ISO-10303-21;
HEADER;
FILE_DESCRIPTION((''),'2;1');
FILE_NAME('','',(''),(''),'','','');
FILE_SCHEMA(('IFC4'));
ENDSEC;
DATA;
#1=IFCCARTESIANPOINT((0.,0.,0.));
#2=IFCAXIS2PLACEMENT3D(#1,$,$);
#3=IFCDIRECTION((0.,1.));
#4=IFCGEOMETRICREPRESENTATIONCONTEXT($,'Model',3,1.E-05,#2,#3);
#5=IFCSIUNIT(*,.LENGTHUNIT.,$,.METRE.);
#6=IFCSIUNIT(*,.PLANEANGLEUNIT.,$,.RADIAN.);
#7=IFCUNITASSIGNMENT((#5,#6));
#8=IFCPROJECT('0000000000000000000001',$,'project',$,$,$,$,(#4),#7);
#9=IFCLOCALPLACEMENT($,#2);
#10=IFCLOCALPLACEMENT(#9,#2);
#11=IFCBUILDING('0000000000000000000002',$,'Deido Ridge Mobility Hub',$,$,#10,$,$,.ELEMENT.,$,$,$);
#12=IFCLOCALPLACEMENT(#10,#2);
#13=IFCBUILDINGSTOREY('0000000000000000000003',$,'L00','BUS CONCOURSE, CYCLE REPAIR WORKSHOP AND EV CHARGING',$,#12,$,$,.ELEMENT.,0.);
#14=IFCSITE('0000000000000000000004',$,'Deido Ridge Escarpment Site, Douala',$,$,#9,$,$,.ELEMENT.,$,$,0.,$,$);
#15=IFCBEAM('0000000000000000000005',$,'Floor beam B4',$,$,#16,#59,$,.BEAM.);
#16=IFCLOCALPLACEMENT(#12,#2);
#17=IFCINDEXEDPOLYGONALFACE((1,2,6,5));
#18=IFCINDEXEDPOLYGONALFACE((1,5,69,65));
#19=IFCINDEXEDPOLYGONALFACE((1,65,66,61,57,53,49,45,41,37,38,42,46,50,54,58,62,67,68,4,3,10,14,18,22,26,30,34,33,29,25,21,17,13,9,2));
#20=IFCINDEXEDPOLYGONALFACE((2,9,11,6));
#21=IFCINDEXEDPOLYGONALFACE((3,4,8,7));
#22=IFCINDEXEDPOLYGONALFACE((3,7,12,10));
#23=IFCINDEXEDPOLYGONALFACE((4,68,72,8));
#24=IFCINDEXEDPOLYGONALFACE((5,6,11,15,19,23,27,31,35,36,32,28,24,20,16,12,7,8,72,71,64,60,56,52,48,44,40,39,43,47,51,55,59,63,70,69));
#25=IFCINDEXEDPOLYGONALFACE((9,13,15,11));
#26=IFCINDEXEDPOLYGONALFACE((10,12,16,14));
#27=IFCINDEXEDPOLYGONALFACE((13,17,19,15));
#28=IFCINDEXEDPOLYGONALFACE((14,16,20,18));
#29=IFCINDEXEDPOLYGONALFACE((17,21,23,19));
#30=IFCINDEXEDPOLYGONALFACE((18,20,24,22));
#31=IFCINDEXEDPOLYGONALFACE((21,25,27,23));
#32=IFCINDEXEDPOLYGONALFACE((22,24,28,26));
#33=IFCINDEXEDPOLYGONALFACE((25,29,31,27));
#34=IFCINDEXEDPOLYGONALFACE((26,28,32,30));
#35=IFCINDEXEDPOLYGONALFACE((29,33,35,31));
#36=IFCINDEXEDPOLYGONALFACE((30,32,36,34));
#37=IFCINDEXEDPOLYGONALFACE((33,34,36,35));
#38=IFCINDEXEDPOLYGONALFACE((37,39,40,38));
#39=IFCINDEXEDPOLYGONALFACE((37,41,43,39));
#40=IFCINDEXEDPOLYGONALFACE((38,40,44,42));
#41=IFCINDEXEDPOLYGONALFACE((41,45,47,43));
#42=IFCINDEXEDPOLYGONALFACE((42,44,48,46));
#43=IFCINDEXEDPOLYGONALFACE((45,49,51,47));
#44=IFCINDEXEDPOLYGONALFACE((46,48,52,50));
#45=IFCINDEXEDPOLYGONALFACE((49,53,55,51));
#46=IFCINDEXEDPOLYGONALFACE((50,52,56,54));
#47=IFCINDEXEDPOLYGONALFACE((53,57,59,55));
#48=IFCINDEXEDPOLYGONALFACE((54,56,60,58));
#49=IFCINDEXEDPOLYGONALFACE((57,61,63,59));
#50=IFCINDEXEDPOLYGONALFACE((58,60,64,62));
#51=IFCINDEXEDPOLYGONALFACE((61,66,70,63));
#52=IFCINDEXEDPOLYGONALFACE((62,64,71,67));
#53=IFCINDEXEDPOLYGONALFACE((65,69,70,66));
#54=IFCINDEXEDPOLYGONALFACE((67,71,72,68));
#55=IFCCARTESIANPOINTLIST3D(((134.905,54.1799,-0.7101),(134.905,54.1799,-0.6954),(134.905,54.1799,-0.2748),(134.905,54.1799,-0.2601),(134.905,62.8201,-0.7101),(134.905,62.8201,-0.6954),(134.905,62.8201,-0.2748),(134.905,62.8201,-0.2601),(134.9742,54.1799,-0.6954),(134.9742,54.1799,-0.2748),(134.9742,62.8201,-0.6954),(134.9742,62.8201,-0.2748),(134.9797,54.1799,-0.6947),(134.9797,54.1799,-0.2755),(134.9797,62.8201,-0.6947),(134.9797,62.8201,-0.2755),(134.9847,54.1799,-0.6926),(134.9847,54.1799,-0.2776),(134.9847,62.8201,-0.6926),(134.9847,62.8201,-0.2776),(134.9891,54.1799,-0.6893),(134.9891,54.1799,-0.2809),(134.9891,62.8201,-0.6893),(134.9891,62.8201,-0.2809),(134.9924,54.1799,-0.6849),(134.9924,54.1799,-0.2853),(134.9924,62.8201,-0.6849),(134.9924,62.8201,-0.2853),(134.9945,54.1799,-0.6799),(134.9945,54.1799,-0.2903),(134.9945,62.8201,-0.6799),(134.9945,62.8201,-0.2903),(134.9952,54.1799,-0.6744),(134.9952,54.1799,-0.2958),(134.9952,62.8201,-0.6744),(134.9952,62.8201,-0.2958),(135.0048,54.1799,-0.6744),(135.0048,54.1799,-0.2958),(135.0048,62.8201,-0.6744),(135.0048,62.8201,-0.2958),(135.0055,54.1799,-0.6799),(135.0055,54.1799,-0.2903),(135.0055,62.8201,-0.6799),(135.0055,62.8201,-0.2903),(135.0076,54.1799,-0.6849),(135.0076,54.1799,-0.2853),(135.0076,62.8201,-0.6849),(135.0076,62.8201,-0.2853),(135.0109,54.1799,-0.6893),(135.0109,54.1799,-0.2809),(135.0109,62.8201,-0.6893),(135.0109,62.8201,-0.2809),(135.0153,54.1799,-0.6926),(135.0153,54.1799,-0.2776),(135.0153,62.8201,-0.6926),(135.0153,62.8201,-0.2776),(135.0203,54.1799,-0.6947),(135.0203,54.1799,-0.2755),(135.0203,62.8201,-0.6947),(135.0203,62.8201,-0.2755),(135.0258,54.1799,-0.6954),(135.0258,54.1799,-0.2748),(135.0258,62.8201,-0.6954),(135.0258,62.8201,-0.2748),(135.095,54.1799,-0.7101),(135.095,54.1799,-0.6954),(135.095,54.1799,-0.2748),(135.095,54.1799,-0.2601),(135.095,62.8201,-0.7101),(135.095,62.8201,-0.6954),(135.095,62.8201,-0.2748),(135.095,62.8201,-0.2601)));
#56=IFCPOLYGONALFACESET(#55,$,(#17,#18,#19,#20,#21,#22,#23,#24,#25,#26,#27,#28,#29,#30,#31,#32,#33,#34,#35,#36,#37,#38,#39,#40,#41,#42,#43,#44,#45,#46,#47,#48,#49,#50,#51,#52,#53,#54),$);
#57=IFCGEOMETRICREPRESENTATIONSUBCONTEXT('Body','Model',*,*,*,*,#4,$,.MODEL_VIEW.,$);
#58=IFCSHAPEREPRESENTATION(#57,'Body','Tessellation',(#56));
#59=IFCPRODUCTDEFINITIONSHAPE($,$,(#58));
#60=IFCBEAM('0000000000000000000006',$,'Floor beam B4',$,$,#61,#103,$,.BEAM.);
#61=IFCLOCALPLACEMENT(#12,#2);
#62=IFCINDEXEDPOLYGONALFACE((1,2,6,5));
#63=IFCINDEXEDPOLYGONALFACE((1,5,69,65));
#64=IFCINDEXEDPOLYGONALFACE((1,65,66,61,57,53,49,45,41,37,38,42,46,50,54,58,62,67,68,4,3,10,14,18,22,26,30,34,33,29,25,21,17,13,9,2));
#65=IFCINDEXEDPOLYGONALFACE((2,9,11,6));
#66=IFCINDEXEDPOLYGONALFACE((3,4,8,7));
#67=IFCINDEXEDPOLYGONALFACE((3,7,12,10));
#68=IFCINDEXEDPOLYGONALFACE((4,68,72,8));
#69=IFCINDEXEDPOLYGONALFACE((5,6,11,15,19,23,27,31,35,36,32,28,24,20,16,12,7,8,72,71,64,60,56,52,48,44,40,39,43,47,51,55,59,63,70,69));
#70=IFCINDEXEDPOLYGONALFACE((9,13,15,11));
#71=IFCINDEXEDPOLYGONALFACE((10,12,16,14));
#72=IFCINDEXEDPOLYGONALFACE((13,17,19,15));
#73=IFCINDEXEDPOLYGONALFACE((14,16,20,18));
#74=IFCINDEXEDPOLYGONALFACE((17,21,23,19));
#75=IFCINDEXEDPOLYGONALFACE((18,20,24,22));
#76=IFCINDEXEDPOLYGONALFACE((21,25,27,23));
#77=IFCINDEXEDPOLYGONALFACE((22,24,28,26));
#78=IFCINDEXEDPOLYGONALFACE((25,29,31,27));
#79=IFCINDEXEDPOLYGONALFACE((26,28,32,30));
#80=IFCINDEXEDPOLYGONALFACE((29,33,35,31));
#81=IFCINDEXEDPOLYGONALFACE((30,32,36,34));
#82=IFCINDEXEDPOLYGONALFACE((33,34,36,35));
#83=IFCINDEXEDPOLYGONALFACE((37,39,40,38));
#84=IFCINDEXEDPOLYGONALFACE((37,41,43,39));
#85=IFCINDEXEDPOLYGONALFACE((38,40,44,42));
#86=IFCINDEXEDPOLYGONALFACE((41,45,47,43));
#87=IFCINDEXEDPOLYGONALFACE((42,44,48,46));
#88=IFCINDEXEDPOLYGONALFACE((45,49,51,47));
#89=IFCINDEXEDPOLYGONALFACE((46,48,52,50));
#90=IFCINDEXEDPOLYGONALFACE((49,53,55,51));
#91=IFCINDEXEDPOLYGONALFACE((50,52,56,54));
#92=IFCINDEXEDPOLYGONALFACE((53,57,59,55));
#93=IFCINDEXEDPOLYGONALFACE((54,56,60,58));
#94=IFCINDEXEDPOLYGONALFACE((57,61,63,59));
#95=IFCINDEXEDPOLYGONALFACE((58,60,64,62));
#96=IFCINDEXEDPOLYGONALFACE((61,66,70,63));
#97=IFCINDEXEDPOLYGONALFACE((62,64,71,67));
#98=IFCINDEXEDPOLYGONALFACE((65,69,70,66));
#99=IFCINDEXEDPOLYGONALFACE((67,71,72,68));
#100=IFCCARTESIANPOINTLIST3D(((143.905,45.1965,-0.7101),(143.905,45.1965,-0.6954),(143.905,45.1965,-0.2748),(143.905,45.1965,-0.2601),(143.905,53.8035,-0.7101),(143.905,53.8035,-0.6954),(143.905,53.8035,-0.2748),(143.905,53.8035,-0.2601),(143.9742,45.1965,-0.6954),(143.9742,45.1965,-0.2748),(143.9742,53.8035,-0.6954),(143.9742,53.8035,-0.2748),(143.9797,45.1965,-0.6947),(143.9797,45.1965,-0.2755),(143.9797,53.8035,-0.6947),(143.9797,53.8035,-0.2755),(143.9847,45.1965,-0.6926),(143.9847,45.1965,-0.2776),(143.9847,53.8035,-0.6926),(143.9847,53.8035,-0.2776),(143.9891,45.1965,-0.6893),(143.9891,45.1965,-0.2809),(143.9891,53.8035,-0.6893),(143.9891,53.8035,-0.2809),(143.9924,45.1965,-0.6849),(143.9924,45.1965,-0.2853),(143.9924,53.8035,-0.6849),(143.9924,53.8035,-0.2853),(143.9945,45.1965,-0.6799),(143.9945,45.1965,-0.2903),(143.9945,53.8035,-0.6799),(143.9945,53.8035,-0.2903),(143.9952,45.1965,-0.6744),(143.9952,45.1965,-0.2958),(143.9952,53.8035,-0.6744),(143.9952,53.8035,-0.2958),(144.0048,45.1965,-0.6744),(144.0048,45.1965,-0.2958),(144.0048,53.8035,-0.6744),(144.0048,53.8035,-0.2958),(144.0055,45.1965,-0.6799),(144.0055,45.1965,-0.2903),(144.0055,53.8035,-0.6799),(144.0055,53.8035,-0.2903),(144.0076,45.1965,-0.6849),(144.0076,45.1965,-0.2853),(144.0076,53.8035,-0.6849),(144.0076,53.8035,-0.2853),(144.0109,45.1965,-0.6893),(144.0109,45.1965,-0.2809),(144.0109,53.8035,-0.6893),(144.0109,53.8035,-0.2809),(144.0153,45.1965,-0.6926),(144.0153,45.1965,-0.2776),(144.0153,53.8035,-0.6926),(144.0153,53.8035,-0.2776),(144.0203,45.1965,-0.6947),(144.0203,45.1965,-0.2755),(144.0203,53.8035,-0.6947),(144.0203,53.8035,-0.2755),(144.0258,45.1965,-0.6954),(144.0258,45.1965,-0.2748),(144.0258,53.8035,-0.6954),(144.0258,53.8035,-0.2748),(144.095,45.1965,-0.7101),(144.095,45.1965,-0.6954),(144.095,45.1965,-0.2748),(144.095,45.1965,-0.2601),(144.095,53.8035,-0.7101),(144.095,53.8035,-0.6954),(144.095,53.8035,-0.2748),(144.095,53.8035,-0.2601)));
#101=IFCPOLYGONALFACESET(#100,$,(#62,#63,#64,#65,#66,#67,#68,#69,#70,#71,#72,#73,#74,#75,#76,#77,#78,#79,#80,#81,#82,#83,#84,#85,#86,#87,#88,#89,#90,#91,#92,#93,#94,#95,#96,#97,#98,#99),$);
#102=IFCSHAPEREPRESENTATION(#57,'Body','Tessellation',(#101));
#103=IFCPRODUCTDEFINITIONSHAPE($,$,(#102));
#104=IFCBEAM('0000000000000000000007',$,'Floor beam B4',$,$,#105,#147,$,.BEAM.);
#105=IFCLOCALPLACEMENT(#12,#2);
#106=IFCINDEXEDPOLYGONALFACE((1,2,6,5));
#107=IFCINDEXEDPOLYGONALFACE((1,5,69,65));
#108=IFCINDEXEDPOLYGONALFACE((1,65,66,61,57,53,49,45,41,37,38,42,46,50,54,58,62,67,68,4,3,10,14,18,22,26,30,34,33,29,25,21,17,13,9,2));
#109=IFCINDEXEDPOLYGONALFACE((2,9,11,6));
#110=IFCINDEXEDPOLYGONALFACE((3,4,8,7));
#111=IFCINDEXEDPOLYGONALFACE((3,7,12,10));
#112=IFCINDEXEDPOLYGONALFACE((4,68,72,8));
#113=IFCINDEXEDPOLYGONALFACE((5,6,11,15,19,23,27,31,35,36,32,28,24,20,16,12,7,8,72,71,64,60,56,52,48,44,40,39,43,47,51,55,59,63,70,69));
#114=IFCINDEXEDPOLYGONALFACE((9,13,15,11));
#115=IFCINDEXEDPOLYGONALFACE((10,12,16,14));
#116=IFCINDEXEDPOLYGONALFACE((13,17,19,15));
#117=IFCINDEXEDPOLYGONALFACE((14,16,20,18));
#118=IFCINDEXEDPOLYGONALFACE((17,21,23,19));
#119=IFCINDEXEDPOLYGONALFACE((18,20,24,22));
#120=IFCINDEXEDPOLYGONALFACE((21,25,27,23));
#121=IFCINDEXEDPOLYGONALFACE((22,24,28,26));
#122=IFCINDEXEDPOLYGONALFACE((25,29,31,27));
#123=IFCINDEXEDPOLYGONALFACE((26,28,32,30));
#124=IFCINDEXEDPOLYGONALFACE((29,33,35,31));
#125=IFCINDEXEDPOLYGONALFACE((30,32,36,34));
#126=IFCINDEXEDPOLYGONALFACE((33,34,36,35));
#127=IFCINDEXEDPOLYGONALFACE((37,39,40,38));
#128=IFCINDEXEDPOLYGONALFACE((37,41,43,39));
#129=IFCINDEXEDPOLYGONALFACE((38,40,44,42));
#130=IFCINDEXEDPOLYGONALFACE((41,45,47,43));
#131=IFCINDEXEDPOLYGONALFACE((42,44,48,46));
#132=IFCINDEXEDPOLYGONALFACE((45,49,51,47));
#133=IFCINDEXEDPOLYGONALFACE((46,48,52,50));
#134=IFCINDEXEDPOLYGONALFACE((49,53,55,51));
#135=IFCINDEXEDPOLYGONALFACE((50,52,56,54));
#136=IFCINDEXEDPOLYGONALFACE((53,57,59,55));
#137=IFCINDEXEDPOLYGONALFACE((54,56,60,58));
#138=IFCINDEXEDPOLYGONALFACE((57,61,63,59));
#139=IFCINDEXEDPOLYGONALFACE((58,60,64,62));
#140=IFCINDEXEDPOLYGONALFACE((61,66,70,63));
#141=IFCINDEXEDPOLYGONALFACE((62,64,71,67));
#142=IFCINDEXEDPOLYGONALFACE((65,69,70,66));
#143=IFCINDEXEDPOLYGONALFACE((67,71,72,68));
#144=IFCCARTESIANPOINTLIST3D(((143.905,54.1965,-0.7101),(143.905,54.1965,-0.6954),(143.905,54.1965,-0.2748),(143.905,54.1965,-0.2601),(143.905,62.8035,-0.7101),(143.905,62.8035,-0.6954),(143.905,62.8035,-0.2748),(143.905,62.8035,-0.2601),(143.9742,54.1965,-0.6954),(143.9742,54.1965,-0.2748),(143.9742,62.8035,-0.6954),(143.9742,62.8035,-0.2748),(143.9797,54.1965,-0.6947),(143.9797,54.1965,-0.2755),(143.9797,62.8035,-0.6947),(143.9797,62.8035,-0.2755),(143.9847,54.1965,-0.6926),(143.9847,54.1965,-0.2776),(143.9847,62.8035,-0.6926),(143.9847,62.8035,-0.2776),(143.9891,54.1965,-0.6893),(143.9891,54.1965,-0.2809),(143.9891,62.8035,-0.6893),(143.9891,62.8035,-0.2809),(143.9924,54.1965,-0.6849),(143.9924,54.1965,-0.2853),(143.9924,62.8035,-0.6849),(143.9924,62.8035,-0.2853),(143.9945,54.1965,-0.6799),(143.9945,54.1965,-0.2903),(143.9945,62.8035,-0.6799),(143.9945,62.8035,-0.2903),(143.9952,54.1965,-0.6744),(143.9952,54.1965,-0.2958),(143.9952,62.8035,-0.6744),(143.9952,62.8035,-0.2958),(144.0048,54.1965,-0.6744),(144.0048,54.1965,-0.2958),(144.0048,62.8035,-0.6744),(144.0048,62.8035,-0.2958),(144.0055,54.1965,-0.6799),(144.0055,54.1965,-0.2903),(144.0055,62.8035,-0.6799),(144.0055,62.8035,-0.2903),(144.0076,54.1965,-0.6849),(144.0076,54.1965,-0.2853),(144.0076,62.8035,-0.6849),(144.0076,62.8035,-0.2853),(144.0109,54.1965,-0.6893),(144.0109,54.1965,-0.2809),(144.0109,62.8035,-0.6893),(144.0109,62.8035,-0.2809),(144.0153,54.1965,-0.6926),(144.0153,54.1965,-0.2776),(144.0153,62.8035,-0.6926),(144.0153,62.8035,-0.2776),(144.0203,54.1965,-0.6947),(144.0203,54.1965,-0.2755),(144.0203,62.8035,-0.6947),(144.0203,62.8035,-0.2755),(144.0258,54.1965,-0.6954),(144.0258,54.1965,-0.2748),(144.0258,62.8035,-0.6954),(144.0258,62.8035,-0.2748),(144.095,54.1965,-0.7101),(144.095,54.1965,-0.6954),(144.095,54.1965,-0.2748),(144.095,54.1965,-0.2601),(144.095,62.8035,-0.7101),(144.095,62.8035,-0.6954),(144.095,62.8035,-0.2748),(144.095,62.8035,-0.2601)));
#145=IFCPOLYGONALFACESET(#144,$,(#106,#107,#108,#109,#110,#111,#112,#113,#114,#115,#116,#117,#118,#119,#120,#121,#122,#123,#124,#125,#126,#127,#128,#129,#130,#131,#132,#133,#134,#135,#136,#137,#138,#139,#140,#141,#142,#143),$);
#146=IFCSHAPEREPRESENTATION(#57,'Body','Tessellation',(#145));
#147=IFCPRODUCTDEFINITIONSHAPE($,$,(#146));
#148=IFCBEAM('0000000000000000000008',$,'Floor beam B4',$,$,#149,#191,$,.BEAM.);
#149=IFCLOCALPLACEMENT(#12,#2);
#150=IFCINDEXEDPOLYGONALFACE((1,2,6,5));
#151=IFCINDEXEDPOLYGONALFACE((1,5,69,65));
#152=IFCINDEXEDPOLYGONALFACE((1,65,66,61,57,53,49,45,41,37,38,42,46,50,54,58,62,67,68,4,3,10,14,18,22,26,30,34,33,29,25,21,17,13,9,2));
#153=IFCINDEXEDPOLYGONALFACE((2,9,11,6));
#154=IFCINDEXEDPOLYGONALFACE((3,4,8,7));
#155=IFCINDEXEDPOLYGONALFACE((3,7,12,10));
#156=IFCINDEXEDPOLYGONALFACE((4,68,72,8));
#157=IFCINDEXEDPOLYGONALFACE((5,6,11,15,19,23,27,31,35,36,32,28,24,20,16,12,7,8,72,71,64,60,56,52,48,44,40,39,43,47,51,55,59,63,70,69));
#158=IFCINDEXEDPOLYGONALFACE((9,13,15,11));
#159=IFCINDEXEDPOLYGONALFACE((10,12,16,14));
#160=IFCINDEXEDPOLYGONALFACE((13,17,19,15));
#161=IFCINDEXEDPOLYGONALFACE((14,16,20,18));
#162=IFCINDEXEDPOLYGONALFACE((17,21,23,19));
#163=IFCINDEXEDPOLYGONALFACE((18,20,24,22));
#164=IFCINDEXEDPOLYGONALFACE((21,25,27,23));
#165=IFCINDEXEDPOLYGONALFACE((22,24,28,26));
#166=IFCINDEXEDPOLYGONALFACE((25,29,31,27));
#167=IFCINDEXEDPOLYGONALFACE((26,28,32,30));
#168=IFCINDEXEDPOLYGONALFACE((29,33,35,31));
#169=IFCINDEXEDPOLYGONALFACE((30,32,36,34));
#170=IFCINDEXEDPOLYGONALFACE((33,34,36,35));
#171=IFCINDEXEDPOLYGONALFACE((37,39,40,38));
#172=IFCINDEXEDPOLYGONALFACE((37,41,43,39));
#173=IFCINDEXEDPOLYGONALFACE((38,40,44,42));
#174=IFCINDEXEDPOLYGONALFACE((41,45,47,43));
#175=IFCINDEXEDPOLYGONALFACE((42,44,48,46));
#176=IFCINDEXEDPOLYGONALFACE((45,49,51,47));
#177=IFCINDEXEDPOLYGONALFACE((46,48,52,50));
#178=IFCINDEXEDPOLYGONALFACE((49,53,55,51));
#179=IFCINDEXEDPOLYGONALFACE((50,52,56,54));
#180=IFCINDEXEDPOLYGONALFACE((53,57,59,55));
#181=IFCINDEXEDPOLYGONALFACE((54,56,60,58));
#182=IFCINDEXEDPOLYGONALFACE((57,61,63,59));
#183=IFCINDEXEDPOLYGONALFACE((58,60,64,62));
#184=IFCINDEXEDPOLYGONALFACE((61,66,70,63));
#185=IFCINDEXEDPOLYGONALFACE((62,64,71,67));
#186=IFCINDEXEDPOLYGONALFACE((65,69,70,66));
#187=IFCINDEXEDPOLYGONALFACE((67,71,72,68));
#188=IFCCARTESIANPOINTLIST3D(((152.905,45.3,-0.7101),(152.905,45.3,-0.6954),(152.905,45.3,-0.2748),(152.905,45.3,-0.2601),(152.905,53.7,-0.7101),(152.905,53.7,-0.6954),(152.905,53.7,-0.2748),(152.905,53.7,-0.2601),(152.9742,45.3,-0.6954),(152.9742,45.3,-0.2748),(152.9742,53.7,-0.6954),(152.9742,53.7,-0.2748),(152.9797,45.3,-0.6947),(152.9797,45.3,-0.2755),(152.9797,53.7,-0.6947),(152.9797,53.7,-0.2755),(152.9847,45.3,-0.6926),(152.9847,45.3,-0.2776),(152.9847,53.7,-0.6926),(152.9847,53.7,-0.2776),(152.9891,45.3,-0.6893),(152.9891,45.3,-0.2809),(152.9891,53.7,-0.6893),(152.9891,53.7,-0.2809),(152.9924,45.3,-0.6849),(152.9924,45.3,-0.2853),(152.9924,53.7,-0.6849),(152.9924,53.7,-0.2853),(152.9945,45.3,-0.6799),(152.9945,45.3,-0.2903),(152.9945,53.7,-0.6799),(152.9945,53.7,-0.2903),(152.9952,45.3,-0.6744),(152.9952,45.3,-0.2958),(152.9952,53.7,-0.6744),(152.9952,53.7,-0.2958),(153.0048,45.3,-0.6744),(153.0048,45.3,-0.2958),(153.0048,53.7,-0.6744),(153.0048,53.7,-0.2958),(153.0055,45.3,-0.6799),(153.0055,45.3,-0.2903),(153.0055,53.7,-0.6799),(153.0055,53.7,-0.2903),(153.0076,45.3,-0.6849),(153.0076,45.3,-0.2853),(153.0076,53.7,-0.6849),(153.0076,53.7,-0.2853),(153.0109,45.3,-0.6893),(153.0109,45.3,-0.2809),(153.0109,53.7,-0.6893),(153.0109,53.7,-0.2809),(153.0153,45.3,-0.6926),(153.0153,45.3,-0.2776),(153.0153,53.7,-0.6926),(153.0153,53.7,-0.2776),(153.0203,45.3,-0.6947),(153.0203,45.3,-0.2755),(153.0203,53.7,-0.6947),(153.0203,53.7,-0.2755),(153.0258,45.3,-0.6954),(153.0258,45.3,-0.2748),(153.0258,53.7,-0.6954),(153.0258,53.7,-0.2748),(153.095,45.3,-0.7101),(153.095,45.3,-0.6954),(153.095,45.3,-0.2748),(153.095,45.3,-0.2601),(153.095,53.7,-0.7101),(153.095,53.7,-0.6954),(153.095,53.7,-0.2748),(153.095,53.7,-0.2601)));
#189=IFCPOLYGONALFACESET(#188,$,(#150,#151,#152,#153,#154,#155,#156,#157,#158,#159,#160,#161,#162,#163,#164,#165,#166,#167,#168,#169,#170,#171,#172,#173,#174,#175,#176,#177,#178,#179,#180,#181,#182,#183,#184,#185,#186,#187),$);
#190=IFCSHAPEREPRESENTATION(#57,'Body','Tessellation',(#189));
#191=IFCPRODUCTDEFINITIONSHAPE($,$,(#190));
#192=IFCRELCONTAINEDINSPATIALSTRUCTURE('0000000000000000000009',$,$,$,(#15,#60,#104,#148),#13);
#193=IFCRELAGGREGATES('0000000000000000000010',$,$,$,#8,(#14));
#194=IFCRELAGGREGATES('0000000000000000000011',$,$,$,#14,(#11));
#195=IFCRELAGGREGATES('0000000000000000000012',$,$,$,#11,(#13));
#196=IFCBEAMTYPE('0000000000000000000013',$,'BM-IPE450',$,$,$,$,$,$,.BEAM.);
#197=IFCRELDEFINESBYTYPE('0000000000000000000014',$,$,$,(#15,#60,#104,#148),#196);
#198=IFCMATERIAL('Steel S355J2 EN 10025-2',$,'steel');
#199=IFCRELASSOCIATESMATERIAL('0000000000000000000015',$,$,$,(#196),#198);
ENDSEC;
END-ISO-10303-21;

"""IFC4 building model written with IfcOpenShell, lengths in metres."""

from ifc_helpers import new_model, si_unit, direction, frame, origin, origin_2d, place, context, subcontext, project, spatial, i_section, extrude, material, material_profile, profile_set, type_object, element, save


model = new_model("IFC4")

# Units and contexts
model_context = context("Model", 3, precision=1e-05, world=origin(), true_north=direction((0.0, 1.0)))
body_context = subcontext(model_context, "Body", "Model", "MODEL_VIEW")
ifc_project = project(units=[si_unit("LENGTHUNIT", "METRE"), si_unit("PLANEANGLEUNIT", "RADIAN")], contexts=[model_context])

# Site, building, storey
site_placement = place(None, origin())
site = spatial("IfcSite", under=ifc_project, at=site_placement, Name="Deido Ridge Escarpment Site, Douala", CompositionType="ELEMENT", RefElevation=0.0)
building_placement = place(site_placement, origin())
building = spatial("IfcBuilding", under=site, at=building_placement, Name="Deido Ridge Mobility Hub", CompositionType="ELEMENT")
storey_placement = place(building_placement, origin())
storey = spatial("IfcBuildingStorey", under=building, at=storey_placement, Name="L00", Description="BUS CONCOURSE, CYCLE REPAIR WORKSHOP AND EV CHARGING", CompositionType="ELEMENT", Elevation=0.0)

# Shared definitions
ifc_material = material(Name="Steel S355J2 EN 10025-2", Category="steel")

# Beams
ifc_material_profile_1 = material_profile(ifc_material, i_section(OverallWidth=0.1899, OverallDepth=0.45, WebThickness=0.0095, FlangeThickness=0.0146, FilletRadius=0.021, at=origin_2d()), Name="IPE 450")
ifc_profile_set_1 = profile_set([ifc_material_profile_1], Name="Steel S355J2 EN 10025-2")
beam_type_1 = type_object("IfcBeamType", Name="BM-IPE450", PredefinedType="BEAM", material=ifc_profile_set_1)
for number, where, z_axis, x_axis, name in (
    (1, (135.0, 54.1799, -0.4851), (0.0, 1.0, 0.0), (-1.0, 0.0, 0.0), "Floor beam B4"),
):
    element("IfcBeam", number, at=place(storey_placement, frame(where, z_axis=z_axis, x_axis=x_axis)), inside=storey, type_object=beam_type_1, Name=name, PredefinedType="BEAM", context=body_context, shape_type="SweptSolid", body=[
        extrude(i_section(OverallWidth=0.1899, OverallDepth=0.45, WebThickness=0.0095, FlangeThickness=0.0146, FilletRadius=0.021, at=origin_2d()), origin(), (0.0, 0.0, 1.0), 8.6401),
    ])
for number, where, z_axis, x_axis, name in (
    (2, (144.0, 45.1965, -0.4851), (0.0, 1.0, 0.0), (-1.0, 0.0, 0.0), "Floor beam B4"),
    (3, (144.0, 54.1965, -0.4851), (0.0, 1.0, 0.0), (-1.0, 0.0, 0.0), "Floor beam B4"),
):
    element("IfcBeam", number, at=place(storey_placement, frame(where, z_axis=z_axis, x_axis=x_axis)), inside=storey, type_object=beam_type_1, Name=name, PredefinedType="BEAM", context=body_context, shape_type="SweptSolid", body=[
        extrude(i_section(OverallWidth=0.1899, OverallDepth=0.45, WebThickness=0.0095, FlangeThickness=0.0146, FilletRadius=0.021, at=origin_2d()), origin(), (0.0, 0.0, 1.0), 8.6069),
    ])
beam_1_placement = place(storey_placement, frame((153.0, 45.3, -0.4851), z_axis=(0.0, 1.0, 0.0), x_axis=(-1.0, 0.0, 0.0)))
element("IfcBeam", 4, at=beam_1_placement, inside=storey, type_object=beam_type_1, Name="Floor beam B4", PredefinedType="BEAM", context=body_context, shape_type="SweptSolid", body=[
    extrude(i_section(OverallWidth=0.1899, OverallDepth=0.45, WebThickness=0.0095, FlangeThickness=0.0146, FilletRadius=0.021, at=origin_2d()), origin(), (0.0, 0.0, 1.0), 8.3999),
])

save(model, "model.ifc")
